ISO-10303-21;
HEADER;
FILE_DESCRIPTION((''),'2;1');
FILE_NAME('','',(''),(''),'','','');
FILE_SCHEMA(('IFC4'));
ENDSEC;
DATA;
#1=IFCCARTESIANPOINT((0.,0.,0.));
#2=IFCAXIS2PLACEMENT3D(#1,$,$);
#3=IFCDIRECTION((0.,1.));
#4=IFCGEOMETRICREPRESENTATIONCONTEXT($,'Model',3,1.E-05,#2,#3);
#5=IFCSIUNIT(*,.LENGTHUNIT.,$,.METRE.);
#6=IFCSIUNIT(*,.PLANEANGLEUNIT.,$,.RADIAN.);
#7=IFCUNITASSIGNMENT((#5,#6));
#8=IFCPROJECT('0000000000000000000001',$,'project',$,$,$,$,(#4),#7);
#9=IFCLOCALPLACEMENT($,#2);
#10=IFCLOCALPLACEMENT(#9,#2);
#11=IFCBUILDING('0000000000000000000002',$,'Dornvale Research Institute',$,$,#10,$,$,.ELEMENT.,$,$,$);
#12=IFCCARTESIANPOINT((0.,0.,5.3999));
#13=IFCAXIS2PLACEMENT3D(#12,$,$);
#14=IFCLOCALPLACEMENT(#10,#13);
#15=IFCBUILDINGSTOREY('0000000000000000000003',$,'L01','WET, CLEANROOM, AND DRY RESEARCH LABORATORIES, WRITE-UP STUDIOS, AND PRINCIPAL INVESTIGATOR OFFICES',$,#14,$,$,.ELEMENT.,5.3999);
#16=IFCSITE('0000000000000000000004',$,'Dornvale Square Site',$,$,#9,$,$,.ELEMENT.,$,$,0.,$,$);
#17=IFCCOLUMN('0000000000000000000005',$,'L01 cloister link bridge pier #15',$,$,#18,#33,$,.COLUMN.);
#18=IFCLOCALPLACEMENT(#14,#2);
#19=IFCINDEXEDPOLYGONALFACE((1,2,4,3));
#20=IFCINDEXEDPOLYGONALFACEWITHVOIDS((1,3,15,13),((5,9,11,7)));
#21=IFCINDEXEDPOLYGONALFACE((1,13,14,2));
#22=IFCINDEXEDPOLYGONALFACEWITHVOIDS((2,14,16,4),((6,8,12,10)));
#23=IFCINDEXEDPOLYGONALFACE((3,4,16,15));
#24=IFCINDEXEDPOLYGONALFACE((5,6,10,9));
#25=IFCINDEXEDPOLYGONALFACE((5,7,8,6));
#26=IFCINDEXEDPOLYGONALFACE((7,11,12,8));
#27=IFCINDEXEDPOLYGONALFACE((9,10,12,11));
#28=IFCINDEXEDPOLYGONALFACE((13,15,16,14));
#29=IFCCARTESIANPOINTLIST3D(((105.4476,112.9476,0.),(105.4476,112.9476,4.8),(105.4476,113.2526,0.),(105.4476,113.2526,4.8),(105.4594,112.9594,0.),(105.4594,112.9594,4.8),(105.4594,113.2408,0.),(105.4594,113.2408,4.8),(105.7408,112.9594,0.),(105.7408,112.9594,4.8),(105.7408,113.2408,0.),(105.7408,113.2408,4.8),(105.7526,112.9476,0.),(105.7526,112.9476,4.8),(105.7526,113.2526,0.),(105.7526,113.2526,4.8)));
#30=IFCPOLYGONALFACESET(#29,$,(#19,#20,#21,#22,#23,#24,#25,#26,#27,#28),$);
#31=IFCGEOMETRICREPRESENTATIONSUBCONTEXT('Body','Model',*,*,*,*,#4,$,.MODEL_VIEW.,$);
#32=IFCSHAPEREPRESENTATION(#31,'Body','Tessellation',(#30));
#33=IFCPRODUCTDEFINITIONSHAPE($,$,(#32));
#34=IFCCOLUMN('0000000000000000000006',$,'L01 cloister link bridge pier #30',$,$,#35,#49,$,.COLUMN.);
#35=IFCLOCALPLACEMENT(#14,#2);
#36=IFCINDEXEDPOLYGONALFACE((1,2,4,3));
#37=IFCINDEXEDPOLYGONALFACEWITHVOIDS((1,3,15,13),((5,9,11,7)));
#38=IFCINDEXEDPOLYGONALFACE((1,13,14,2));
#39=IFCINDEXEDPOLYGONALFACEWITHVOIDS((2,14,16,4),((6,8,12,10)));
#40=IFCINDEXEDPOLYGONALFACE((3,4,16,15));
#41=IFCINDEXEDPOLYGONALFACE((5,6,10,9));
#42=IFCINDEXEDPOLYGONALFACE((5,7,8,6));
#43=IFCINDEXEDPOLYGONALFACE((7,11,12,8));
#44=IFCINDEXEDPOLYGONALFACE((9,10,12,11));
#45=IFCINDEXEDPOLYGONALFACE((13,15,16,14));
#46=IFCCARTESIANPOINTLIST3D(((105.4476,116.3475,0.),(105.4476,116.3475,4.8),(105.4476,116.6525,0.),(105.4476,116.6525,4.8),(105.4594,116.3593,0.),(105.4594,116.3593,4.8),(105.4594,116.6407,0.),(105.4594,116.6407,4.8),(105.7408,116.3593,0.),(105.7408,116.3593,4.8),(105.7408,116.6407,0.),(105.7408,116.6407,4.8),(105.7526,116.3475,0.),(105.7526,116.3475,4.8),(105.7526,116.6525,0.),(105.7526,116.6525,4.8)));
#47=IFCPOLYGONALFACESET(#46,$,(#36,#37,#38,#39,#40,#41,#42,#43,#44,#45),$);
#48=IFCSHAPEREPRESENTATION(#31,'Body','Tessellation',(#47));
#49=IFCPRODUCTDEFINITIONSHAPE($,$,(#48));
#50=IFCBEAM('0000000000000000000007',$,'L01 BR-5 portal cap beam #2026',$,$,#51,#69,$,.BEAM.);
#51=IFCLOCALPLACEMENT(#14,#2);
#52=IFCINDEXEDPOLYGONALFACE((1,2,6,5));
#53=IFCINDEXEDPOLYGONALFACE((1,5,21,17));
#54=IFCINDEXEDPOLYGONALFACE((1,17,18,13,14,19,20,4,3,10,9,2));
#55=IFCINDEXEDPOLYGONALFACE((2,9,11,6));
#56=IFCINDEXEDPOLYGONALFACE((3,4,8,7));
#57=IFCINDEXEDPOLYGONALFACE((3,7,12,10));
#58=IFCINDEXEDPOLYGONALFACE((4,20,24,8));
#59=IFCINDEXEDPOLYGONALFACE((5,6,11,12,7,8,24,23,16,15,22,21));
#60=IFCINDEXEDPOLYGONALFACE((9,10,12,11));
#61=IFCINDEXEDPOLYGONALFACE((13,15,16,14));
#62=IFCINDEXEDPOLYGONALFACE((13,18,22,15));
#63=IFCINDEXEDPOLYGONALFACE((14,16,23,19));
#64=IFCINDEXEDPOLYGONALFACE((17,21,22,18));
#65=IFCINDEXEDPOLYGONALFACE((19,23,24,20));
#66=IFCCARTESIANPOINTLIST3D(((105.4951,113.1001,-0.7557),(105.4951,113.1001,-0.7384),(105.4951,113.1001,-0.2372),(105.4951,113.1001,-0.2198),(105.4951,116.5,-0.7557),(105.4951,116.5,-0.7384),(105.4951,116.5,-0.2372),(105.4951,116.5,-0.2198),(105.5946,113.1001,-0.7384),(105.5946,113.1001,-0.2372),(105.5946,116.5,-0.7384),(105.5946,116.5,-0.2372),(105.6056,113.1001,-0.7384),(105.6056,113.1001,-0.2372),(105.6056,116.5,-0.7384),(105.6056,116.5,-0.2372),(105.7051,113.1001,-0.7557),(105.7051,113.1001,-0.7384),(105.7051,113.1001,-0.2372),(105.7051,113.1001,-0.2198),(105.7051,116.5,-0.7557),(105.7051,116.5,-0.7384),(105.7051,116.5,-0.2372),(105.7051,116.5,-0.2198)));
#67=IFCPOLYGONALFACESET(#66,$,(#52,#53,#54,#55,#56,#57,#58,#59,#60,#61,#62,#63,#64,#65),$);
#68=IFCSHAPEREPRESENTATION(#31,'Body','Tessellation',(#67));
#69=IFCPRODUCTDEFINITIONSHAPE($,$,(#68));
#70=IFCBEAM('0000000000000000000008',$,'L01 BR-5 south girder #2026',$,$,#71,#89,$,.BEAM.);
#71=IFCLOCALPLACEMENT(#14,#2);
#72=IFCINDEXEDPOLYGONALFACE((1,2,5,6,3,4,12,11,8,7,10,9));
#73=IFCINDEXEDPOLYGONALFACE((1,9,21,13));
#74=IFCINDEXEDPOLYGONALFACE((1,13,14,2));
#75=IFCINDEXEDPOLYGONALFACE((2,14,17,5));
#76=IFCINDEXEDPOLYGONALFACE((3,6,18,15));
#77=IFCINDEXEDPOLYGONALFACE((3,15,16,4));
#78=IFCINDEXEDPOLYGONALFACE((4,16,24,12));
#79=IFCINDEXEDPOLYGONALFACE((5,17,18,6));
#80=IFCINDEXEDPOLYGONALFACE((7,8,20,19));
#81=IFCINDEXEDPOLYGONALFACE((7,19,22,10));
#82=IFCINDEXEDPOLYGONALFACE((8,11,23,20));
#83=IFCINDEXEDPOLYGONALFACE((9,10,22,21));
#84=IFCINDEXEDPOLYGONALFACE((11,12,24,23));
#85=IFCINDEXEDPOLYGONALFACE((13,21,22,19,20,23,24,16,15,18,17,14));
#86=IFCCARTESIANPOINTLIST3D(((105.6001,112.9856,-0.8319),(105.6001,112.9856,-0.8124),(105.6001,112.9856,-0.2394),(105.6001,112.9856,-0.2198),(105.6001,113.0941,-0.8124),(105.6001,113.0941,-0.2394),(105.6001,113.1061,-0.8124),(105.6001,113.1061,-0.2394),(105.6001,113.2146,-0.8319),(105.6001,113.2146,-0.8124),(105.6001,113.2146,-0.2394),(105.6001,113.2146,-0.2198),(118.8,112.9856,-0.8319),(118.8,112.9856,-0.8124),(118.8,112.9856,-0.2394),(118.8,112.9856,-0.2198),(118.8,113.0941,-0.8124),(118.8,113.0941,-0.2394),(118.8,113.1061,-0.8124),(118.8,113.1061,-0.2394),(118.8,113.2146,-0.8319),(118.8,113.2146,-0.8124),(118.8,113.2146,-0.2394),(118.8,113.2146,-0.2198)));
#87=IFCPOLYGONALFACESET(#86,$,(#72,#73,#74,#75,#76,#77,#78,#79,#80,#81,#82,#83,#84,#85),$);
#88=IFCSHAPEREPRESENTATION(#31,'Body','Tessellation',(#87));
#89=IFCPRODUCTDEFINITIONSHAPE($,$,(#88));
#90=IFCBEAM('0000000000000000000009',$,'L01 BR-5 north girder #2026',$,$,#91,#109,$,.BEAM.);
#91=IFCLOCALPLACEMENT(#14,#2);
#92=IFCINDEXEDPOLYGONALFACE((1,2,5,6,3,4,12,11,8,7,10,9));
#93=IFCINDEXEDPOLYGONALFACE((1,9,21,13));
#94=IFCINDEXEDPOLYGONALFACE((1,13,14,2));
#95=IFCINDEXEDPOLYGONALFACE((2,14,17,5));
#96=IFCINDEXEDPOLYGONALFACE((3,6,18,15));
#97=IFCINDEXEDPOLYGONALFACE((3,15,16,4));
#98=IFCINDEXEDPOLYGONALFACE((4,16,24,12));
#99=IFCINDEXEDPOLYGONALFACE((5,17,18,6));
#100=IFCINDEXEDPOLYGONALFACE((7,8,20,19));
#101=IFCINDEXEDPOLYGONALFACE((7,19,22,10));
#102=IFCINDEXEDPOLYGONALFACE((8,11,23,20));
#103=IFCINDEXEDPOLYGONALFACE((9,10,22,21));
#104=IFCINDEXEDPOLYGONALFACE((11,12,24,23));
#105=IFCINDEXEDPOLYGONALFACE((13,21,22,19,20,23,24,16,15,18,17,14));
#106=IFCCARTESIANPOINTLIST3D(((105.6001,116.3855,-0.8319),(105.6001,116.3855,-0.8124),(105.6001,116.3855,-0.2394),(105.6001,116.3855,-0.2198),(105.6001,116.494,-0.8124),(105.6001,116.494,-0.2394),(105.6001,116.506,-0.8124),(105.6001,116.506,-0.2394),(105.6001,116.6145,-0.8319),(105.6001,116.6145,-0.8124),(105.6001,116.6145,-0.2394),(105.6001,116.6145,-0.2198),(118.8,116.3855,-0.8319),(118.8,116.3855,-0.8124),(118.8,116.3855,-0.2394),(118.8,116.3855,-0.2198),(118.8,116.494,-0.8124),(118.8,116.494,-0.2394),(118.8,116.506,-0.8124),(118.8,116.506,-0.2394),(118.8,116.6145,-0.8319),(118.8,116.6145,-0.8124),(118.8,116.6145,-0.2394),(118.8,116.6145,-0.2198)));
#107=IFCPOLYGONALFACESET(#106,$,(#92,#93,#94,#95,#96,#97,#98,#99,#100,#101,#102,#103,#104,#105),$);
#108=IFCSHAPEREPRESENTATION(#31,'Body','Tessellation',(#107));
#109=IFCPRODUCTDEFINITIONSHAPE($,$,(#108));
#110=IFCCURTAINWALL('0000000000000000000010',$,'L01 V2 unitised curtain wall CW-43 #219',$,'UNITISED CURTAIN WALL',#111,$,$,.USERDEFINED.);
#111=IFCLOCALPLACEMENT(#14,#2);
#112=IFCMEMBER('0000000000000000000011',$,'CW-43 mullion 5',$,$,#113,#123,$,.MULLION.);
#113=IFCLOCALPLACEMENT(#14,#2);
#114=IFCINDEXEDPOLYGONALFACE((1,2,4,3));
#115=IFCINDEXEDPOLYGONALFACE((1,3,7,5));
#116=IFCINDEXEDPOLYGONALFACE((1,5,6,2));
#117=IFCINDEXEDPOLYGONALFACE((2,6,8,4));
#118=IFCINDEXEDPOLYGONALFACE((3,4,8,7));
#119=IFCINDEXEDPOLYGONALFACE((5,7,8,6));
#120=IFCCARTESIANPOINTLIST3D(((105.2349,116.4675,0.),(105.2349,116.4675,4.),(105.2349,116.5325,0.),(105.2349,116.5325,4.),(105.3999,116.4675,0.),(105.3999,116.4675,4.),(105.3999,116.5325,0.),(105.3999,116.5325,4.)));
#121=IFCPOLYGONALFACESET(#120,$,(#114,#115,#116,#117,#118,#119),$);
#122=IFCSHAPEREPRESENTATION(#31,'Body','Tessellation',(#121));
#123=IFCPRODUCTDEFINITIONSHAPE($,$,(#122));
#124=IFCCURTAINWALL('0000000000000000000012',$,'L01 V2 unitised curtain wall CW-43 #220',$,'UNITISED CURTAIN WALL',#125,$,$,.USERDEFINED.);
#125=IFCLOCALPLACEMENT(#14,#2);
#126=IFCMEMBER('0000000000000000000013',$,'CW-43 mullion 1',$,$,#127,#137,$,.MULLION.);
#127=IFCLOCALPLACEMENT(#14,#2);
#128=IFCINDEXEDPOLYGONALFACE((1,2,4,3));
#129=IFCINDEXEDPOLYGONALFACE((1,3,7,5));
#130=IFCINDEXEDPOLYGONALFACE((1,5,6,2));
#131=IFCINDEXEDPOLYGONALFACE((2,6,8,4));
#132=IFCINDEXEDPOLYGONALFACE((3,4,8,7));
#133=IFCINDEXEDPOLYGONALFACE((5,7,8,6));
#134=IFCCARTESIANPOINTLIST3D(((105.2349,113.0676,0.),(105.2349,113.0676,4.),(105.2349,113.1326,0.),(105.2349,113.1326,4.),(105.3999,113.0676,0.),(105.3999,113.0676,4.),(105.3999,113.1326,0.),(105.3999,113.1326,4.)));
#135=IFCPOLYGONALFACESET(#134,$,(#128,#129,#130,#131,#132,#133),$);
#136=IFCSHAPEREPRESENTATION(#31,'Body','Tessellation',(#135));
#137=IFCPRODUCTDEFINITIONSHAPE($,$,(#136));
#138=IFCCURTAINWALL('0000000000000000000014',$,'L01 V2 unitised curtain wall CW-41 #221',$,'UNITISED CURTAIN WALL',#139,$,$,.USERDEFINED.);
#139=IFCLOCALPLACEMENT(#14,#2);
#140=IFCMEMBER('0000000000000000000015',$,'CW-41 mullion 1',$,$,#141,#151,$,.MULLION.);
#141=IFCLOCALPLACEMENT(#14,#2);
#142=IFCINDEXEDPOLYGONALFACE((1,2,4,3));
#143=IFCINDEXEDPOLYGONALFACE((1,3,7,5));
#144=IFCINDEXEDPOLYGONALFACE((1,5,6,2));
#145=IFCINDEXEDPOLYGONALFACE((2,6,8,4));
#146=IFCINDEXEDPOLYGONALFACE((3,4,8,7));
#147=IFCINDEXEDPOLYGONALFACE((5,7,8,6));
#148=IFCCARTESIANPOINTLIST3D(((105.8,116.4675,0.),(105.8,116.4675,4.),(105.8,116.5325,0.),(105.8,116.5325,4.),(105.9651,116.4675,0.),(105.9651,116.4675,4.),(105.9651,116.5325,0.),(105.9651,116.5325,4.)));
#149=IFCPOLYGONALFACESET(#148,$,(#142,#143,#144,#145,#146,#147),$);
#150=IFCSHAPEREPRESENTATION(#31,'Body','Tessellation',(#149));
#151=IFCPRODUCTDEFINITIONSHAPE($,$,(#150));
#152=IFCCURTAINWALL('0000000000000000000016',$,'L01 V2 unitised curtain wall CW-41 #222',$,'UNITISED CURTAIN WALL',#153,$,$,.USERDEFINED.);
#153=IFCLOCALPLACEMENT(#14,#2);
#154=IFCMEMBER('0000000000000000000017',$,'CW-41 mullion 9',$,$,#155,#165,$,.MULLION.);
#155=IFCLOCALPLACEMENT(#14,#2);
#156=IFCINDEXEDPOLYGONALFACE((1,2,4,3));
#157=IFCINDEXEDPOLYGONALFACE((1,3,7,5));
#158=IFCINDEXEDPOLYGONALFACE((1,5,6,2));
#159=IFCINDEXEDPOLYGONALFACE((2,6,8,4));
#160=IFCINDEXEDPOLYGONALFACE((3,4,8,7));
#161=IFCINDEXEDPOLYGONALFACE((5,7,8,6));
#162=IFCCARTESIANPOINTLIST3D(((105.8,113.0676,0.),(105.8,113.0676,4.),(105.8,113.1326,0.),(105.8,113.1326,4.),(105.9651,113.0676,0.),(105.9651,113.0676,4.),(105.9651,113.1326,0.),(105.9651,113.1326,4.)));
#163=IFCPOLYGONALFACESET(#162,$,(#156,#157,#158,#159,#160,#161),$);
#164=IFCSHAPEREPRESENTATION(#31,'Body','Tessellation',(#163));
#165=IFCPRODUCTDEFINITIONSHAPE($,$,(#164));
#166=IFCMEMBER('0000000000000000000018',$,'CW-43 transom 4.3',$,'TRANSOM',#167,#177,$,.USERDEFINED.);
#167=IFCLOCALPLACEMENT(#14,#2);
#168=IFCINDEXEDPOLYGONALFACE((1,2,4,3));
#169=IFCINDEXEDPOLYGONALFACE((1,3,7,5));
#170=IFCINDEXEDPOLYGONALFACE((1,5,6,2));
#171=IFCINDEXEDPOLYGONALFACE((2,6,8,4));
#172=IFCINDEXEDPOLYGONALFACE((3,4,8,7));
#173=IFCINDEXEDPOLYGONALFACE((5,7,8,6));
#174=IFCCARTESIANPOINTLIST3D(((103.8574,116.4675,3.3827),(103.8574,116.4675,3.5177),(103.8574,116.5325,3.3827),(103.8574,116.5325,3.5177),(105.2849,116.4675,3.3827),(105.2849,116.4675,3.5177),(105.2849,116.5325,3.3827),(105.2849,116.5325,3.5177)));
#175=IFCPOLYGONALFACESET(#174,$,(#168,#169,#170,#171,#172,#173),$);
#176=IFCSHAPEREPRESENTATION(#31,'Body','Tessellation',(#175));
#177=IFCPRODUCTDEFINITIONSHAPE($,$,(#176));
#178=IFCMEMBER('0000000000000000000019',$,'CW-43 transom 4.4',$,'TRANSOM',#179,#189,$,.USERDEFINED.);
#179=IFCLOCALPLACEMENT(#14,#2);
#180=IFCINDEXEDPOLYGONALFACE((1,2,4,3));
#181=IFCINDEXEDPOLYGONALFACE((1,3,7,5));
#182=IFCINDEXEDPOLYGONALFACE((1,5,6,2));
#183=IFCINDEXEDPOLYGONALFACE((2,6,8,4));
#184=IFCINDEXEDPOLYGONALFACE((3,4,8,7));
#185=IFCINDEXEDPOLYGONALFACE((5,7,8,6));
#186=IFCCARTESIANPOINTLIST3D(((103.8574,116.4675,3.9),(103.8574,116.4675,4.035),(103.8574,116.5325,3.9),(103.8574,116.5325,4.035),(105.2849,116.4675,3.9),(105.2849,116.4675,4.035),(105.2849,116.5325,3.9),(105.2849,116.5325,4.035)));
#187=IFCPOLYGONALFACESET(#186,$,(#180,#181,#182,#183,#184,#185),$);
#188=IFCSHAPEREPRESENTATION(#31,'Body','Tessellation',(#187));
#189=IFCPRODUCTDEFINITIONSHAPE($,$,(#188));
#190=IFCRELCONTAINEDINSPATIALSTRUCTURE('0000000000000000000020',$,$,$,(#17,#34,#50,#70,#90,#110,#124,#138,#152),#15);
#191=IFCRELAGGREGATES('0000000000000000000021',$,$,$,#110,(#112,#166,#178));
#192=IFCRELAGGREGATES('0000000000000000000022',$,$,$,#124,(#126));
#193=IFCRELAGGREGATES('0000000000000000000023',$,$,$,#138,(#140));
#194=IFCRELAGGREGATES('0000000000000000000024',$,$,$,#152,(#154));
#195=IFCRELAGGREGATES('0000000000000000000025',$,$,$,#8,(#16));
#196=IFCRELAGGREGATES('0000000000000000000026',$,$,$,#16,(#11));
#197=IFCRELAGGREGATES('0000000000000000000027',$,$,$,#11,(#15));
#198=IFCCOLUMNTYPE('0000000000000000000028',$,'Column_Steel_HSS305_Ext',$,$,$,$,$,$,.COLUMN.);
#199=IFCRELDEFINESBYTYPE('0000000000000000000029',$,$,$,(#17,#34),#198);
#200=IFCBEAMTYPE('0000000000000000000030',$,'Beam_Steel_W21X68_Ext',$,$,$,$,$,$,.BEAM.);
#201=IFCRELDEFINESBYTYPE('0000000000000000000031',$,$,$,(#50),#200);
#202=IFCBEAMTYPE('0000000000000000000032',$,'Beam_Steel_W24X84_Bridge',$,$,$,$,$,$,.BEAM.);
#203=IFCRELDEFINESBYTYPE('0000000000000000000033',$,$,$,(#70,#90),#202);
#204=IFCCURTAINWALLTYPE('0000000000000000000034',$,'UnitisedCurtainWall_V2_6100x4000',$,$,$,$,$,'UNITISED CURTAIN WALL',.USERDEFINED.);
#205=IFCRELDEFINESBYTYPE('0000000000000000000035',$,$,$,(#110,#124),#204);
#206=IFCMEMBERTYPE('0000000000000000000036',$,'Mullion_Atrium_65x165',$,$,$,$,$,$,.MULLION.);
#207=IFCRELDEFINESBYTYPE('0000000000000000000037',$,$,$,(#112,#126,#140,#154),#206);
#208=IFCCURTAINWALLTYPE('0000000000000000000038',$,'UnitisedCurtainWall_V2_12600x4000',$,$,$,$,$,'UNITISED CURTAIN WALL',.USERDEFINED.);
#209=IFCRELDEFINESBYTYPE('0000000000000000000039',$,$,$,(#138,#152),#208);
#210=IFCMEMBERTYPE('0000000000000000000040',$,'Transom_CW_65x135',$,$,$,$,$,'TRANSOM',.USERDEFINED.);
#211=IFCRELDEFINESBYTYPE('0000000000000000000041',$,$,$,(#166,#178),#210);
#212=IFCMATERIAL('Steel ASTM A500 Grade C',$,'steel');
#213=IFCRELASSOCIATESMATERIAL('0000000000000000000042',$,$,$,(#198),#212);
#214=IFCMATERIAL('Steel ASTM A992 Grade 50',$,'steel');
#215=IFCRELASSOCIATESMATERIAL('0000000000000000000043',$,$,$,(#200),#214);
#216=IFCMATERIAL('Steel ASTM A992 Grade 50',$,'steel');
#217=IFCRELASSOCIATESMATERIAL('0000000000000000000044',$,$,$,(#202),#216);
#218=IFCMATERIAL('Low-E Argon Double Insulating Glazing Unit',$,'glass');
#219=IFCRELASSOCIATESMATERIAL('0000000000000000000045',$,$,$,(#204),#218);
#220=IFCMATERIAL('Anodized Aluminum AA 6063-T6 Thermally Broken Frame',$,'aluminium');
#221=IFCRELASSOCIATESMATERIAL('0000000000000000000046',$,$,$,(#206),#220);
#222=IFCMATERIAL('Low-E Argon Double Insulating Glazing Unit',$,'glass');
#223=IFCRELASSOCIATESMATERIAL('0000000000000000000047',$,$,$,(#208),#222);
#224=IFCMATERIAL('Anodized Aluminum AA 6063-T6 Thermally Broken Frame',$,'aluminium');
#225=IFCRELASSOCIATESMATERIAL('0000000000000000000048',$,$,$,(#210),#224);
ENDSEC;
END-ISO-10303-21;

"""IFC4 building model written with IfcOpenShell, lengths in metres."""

from ifc_helpers import new_model, si_unit, direction, frame, origin, origin_2d, place, context, subcontext, project, spatial, rectangle, hollow_rectangle, i_section, extrude, material, material_profile, profile_set, type_object, element, aggregate, save


model = new_model("IFC4")

# Units and contexts
model_context = context("Model", 3, precision=1e-05, world=origin(), true_north=direction((0.0, 1.0)))
body_context = subcontext(model_context, "Body", "Model", "MODEL_VIEW")
ifc_project = project(units=[si_unit("LENGTHUNIT", "METRE"), si_unit("PLANEANGLEUNIT", "RADIAN")], contexts=[model_context])

# Site, building, storey
site_placement = place(None, origin())
site = spatial("IfcSite", under=ifc_project, at=site_placement, Name="Dornvale Square Site", CompositionType="ELEMENT", RefElevation=0.0)
building_placement = place(site_placement, origin())
building = spatial("IfcBuilding", under=site, at=building_placement, Name="Dornvale Research Institute", CompositionType="ELEMENT")
storey_placement = place(building_placement, frame((0.0, 0.0, 5.3999)))
storey = spatial("IfcBuildingStorey", under=building, at=storey_placement, Name="L01", Description="WET, CLEANROOM, AND DRY RESEARCH LABORATORIES, WRITE-UP STUDIOS, AND PRINCIPAL INVESTIGATOR OFFICES", CompositionType="ELEMENT", Elevation=5.3999)

# Columns
ifc_material_1 = material(Name="Steel ASTM A500 Grade C", Category="steel")
ifc_material_profile_1 = material_profile(ifc_material_1, hollow_rectangle(XDim=0.3049, YDim=0.3049, WallThickness=0.0117, at=origin_2d()), Name="HSS305X305X12.7")
ifc_profile_set_1 = profile_set([ifc_material_profile_1], Name="Steel ASTM A500 Grade C")
column_type = type_object("IfcColumnType", Name="Column_Steel_HSS305_Ext", PredefinedType="COLUMN", material=ifc_profile_set_1)
for number, where, z_axis, x_axis, name in (
    (1, (105.6001, 113.1001, 0.0), (0.0, 0.0, 1.0), (1.0, 0.0, 0.0), "L01 cloister link bridge pier #15"),
    (2, (105.6001, 116.5, 0.0), (0.0, 0.0, 1.0), (1.0, 0.0, 0.0), "L01 cloister link bridge pier #30"),
):
    element("IfcColumn", number, at=place(storey_placement, frame(where, z_axis=z_axis, x_axis=x_axis)), inside=storey, type_object=column_type, Name=name, PredefinedType="COLUMN", context=body_context, shape_type="SweptSolid", body=[
        extrude(hollow_rectangle(XDim=0.3049, YDim=0.3049, WallThickness=0.0117, at=origin_2d()), origin(), (0.0, 0.0, 1.0), 4.8),
    ])

# Beams
ifc_material_2 = material(Name="Steel ASTM A992 Grade 50", Category="steel")
ifc_material_profile_2 = material_profile(ifc_material_2, i_section(OverallWidth=0.21, OverallDepth=0.5359, WebThickness=0.011, FlangeThickness=0.0173, at=origin_2d()), Name="W21X68")
ifc_profile_set_2 = profile_set([ifc_material_profile_2], Name="Steel ASTM A992 Grade 50")
beam_type_1 = type_object("IfcBeamType", Name="Beam_Steel_W21X68_Ext", PredefinedType="BEAM", material=ifc_profile_set_2)
beam_placement = place(storey_placement, frame((105.6001, 113.1001, -0.4878), z_axis=(0.0, 1.0, 0.0), x_axis=(-1.0, 0.0, 0.0)))
element("IfcBeam", 3, at=beam_placement, inside=storey, type_object=beam_type_1, Name="L01 BR-5 portal cap beam #2026", PredefinedType="BEAM", context=body_context, shape_type="SweptSolid", body=[
    extrude(i_section(OverallWidth=0.21, OverallDepth=0.5359, WebThickness=0.011, FlangeThickness=0.0173, at=origin_2d()), origin(), (0.0, 0.0, 1.0), 3.3999),
])
ifc_material_3 = material(Name="Steel ASTM A992 Grade 50", Category="steel")
ifc_material_profile_3 = material_profile(ifc_material_3, i_section(OverallWidth=0.229, OverallDepth=0.6121, WebThickness=0.012, FlangeThickness=0.0195, at=origin_2d()), Name="W24X84")
ifc_profile_set_3 = profile_set([ifc_material_profile_3], Name="Steel ASTM A992 Grade 50")
beam_type_2 = type_object("IfcBeamType", Name="Beam_Steel_W24X84_Bridge", PredefinedType="BEAM", material=ifc_profile_set_3)
for number, where, z_axis, x_axis, name in (
    (4, (105.6001, 113.1001, -0.5259), (1.0, 0.0, 0.0), (0.0, 1.0, 0.0), "L01 BR-5 south girder #2026"),
    (5, (105.6001, 116.5, -0.5259), (1.0, 0.0, 0.0), (0.0, 1.0, 0.0), "L01 BR-5 north girder #2026"),
):
    element("IfcBeam", number, at=place(storey_placement, frame(where, z_axis=z_axis, x_axis=x_axis)), inside=storey, type_object=beam_type_2, Name=name, PredefinedType="BEAM", context=body_context, shape_type="SweptSolid", body=[
        extrude(i_section(OverallWidth=0.229, OverallDepth=0.6121, WebThickness=0.012, FlangeThickness=0.0195, at=origin_2d()), origin(), (0.0, 0.0, 1.0), 13.2),
    ])

# Curtain walls, members
ifc_material_4 = material(Name="Low-E Argon Double Insulating Glazing Unit", Category="glass")
curtain_wall_type_1 = type_object("IfcCurtainWallType", Name="UnitisedCurtainWall_V2_6100x4000", ElementType="UNITISED CURTAIN WALL", PredefinedType="USERDEFINED", material=ifc_material_4)
curtain_wall_1_placement = place(storey_placement, origin())
curtain_wall_1 = element("IfcCurtainWall", 6, at=curtain_wall_1_placement, inside=storey, type_object=curtain_wall_type_1, Name="L01 V2 unitised curtain wall CW-43 #219", ObjectType="UNITISED CURTAIN WALL", PredefinedType="USERDEFINED")
ifc_material_5 = material(Name="Anodized Aluminum AA 6063-T6 Thermally Broken Frame", Category="aluminium")
ifc_material_profile_4 = material_profile(ifc_material_5, rectangle(XDim=0.0649, YDim=0.165, at=origin_2d()), Name="ALU MULLION 65x165")
ifc_profile_set_4 = profile_set([ifc_material_profile_4], Name="Anodized Aluminum AA 6063-T6 Thermally Broken Frame")
member_type_1 = type_object("IfcMemberType", Name="Mullion_Atrium_65x165", PredefinedType="MULLION", material=ifc_profile_set_4)
member_1_placement = place(storey_placement, frame((105.3174, 116.5, 0.0), z_axis=(0.0, 0.0, 1.0), x_axis=(0.0, 1.0, 0.0)))
member_1 = element("IfcMember", 7, at=member_1_placement, type_object=member_type_1, Name="CW-43 mullion 5", PredefinedType="MULLION", context=body_context, shape_type="SweptSolid", body=[
    extrude(rectangle(XDim=0.0649, YDim=0.165, at=origin_2d()), origin(), (0.0, 0.0, 1.0), 4.0),
])
curtain_wall_2_placement = place(storey_placement, origin())
curtain_wall_2 = element("IfcCurtainWall", 8, at=curtain_wall_2_placement, inside=storey, type_object=curtain_wall_type_1, Name="L01 V2 unitised curtain wall CW-43 #220", ObjectType="UNITISED CURTAIN WALL", PredefinedType="USERDEFINED")
member_2_placement = place(storey_placement, frame((105.3174, 113.1001, 0.0), z_axis=(0.0, 0.0, 1.0), x_axis=(0.0, -1.0, 0.0)))
member_2 = element("IfcMember", 9, at=member_2_placement, type_object=member_type_1, Name="CW-43 mullion 1", PredefinedType="MULLION", context=body_context, shape_type="SweptSolid", body=[
    extrude(rectangle(XDim=0.0649, YDim=0.165, at=origin_2d()), origin(), (0.0, 0.0, 1.0), 4.0),
])
ifc_material_6 = material(Name="Low-E Argon Double Insulating Glazing Unit", Category="glass")
curtain_wall_type_2 = type_object("IfcCurtainWallType", Name="UnitisedCurtainWall_V2_12600x4000", ElementType="UNITISED CURTAIN WALL", PredefinedType="USERDEFINED", material=ifc_material_6)
curtain_wall_3_placement = place(storey_placement, origin())
curtain_wall_3 = element("IfcCurtainWall", 10, at=curtain_wall_3_placement, inside=storey, type_object=curtain_wall_type_2, Name="L01 V2 unitised curtain wall CW-41 #221", ObjectType="UNITISED CURTAIN WALL", PredefinedType="USERDEFINED")
member_3_placement = place(storey_placement, frame((105.8826, 116.5, 0.0), z_axis=(0.0, 0.0, 1.0), x_axis=(0.0, 1.0, 0.0)))
member_3 = element("IfcMember", 11, at=member_3_placement, type_object=member_type_1, Name="CW-41 mullion 1", PredefinedType="MULLION", context=body_context, shape_type="SweptSolid", body=[
    extrude(rectangle(XDim=0.0649, YDim=0.165, at=origin_2d()), origin(), (0.0, 0.0, 1.0), 4.0),
])
curtain_wall_4_placement = place(storey_placement, origin())
curtain_wall_4 = element("IfcCurtainWall", 12, at=curtain_wall_4_placement, inside=storey, type_object=curtain_wall_type_2, Name="L01 V2 unitised curtain wall CW-41 #222", ObjectType="UNITISED CURTAIN WALL", PredefinedType="USERDEFINED")
member_4_placement = place(storey_placement, frame((105.8826, 113.1001, 0.0), z_axis=(0.0, 0.0, 1.0), x_axis=(0.0, -1.0, 0.0)))
member_4 = element("IfcMember", 13, at=member_4_placement, type_object=member_type_1, Name="CW-41 mullion 9", PredefinedType="MULLION", context=body_context, shape_type="SweptSolid", body=[
    extrude(rectangle(XDim=0.0649, YDim=0.165, at=origin_2d()), origin(), (0.0, 0.0, 1.0), 4.0),
])

# Members
ifc_material_7 = material(Name="Anodized Aluminum AA 6063-T6 Thermally Broken Frame", Category="aluminium")
ifc_material_profile_5 = material_profile(ifc_material_7, rectangle(XDim=0.0649, YDim=0.135, at=origin_2d()), Name="ALU TRANSOM 65x135")
ifc_profile_set_5 = profile_set([ifc_material_profile_5], Name="Anodized Aluminum AA 6063-T6 Thermally Broken Frame")
member_type_2 = type_object("IfcMemberType", Name="Transom_CW_65x135", ElementType="TRANSOM", PredefinedType="USERDEFINED", material=ifc_profile_set_5)
member_5_placement = place(storey_placement, frame((103.8574, 116.5, 3.4502), z_axis=(1.0, 0.0, 0.0), x_axis=(0.0, 1.0, 0.0)))
member_5 = element("IfcMember", 14, at=member_5_placement, type_object=member_type_2, Name="CW-43 transom 4.3", ObjectType="TRANSOM", PredefinedType="USERDEFINED", context=body_context, shape_type="SweptSolid", body=[
    extrude(rectangle(XDim=0.0649, YDim=0.135, at=origin_2d()), origin(), (0.0, 0.0, 1.0), 1.4275),
])
member_6_placement = place(storey_placement, frame((103.8574, 116.5, 3.9675), z_axis=(1.0, 0.0, 0.0), x_axis=(0.0, 1.0, 0.0)))
member_6 = element("IfcMember", 15, at=member_6_placement, type_object=member_type_2, Name="CW-43 transom 4.4", ObjectType="TRANSOM", PredefinedType="USERDEFINED", context=body_context, shape_type="SweptSolid", body=[
    extrude(rectangle(XDim=0.0649, YDim=0.135, at=origin_2d()), origin(), (0.0, 0.0, 1.0), 1.4275),
])

aggregate(curtain_wall_1, [member_1, member_5, member_6])
aggregate(curtain_wall_2, [member_2])
aggregate(curtain_wall_3, [member_3])
aggregate(curtain_wall_4, [member_4])

save(model, "model.ifc")
